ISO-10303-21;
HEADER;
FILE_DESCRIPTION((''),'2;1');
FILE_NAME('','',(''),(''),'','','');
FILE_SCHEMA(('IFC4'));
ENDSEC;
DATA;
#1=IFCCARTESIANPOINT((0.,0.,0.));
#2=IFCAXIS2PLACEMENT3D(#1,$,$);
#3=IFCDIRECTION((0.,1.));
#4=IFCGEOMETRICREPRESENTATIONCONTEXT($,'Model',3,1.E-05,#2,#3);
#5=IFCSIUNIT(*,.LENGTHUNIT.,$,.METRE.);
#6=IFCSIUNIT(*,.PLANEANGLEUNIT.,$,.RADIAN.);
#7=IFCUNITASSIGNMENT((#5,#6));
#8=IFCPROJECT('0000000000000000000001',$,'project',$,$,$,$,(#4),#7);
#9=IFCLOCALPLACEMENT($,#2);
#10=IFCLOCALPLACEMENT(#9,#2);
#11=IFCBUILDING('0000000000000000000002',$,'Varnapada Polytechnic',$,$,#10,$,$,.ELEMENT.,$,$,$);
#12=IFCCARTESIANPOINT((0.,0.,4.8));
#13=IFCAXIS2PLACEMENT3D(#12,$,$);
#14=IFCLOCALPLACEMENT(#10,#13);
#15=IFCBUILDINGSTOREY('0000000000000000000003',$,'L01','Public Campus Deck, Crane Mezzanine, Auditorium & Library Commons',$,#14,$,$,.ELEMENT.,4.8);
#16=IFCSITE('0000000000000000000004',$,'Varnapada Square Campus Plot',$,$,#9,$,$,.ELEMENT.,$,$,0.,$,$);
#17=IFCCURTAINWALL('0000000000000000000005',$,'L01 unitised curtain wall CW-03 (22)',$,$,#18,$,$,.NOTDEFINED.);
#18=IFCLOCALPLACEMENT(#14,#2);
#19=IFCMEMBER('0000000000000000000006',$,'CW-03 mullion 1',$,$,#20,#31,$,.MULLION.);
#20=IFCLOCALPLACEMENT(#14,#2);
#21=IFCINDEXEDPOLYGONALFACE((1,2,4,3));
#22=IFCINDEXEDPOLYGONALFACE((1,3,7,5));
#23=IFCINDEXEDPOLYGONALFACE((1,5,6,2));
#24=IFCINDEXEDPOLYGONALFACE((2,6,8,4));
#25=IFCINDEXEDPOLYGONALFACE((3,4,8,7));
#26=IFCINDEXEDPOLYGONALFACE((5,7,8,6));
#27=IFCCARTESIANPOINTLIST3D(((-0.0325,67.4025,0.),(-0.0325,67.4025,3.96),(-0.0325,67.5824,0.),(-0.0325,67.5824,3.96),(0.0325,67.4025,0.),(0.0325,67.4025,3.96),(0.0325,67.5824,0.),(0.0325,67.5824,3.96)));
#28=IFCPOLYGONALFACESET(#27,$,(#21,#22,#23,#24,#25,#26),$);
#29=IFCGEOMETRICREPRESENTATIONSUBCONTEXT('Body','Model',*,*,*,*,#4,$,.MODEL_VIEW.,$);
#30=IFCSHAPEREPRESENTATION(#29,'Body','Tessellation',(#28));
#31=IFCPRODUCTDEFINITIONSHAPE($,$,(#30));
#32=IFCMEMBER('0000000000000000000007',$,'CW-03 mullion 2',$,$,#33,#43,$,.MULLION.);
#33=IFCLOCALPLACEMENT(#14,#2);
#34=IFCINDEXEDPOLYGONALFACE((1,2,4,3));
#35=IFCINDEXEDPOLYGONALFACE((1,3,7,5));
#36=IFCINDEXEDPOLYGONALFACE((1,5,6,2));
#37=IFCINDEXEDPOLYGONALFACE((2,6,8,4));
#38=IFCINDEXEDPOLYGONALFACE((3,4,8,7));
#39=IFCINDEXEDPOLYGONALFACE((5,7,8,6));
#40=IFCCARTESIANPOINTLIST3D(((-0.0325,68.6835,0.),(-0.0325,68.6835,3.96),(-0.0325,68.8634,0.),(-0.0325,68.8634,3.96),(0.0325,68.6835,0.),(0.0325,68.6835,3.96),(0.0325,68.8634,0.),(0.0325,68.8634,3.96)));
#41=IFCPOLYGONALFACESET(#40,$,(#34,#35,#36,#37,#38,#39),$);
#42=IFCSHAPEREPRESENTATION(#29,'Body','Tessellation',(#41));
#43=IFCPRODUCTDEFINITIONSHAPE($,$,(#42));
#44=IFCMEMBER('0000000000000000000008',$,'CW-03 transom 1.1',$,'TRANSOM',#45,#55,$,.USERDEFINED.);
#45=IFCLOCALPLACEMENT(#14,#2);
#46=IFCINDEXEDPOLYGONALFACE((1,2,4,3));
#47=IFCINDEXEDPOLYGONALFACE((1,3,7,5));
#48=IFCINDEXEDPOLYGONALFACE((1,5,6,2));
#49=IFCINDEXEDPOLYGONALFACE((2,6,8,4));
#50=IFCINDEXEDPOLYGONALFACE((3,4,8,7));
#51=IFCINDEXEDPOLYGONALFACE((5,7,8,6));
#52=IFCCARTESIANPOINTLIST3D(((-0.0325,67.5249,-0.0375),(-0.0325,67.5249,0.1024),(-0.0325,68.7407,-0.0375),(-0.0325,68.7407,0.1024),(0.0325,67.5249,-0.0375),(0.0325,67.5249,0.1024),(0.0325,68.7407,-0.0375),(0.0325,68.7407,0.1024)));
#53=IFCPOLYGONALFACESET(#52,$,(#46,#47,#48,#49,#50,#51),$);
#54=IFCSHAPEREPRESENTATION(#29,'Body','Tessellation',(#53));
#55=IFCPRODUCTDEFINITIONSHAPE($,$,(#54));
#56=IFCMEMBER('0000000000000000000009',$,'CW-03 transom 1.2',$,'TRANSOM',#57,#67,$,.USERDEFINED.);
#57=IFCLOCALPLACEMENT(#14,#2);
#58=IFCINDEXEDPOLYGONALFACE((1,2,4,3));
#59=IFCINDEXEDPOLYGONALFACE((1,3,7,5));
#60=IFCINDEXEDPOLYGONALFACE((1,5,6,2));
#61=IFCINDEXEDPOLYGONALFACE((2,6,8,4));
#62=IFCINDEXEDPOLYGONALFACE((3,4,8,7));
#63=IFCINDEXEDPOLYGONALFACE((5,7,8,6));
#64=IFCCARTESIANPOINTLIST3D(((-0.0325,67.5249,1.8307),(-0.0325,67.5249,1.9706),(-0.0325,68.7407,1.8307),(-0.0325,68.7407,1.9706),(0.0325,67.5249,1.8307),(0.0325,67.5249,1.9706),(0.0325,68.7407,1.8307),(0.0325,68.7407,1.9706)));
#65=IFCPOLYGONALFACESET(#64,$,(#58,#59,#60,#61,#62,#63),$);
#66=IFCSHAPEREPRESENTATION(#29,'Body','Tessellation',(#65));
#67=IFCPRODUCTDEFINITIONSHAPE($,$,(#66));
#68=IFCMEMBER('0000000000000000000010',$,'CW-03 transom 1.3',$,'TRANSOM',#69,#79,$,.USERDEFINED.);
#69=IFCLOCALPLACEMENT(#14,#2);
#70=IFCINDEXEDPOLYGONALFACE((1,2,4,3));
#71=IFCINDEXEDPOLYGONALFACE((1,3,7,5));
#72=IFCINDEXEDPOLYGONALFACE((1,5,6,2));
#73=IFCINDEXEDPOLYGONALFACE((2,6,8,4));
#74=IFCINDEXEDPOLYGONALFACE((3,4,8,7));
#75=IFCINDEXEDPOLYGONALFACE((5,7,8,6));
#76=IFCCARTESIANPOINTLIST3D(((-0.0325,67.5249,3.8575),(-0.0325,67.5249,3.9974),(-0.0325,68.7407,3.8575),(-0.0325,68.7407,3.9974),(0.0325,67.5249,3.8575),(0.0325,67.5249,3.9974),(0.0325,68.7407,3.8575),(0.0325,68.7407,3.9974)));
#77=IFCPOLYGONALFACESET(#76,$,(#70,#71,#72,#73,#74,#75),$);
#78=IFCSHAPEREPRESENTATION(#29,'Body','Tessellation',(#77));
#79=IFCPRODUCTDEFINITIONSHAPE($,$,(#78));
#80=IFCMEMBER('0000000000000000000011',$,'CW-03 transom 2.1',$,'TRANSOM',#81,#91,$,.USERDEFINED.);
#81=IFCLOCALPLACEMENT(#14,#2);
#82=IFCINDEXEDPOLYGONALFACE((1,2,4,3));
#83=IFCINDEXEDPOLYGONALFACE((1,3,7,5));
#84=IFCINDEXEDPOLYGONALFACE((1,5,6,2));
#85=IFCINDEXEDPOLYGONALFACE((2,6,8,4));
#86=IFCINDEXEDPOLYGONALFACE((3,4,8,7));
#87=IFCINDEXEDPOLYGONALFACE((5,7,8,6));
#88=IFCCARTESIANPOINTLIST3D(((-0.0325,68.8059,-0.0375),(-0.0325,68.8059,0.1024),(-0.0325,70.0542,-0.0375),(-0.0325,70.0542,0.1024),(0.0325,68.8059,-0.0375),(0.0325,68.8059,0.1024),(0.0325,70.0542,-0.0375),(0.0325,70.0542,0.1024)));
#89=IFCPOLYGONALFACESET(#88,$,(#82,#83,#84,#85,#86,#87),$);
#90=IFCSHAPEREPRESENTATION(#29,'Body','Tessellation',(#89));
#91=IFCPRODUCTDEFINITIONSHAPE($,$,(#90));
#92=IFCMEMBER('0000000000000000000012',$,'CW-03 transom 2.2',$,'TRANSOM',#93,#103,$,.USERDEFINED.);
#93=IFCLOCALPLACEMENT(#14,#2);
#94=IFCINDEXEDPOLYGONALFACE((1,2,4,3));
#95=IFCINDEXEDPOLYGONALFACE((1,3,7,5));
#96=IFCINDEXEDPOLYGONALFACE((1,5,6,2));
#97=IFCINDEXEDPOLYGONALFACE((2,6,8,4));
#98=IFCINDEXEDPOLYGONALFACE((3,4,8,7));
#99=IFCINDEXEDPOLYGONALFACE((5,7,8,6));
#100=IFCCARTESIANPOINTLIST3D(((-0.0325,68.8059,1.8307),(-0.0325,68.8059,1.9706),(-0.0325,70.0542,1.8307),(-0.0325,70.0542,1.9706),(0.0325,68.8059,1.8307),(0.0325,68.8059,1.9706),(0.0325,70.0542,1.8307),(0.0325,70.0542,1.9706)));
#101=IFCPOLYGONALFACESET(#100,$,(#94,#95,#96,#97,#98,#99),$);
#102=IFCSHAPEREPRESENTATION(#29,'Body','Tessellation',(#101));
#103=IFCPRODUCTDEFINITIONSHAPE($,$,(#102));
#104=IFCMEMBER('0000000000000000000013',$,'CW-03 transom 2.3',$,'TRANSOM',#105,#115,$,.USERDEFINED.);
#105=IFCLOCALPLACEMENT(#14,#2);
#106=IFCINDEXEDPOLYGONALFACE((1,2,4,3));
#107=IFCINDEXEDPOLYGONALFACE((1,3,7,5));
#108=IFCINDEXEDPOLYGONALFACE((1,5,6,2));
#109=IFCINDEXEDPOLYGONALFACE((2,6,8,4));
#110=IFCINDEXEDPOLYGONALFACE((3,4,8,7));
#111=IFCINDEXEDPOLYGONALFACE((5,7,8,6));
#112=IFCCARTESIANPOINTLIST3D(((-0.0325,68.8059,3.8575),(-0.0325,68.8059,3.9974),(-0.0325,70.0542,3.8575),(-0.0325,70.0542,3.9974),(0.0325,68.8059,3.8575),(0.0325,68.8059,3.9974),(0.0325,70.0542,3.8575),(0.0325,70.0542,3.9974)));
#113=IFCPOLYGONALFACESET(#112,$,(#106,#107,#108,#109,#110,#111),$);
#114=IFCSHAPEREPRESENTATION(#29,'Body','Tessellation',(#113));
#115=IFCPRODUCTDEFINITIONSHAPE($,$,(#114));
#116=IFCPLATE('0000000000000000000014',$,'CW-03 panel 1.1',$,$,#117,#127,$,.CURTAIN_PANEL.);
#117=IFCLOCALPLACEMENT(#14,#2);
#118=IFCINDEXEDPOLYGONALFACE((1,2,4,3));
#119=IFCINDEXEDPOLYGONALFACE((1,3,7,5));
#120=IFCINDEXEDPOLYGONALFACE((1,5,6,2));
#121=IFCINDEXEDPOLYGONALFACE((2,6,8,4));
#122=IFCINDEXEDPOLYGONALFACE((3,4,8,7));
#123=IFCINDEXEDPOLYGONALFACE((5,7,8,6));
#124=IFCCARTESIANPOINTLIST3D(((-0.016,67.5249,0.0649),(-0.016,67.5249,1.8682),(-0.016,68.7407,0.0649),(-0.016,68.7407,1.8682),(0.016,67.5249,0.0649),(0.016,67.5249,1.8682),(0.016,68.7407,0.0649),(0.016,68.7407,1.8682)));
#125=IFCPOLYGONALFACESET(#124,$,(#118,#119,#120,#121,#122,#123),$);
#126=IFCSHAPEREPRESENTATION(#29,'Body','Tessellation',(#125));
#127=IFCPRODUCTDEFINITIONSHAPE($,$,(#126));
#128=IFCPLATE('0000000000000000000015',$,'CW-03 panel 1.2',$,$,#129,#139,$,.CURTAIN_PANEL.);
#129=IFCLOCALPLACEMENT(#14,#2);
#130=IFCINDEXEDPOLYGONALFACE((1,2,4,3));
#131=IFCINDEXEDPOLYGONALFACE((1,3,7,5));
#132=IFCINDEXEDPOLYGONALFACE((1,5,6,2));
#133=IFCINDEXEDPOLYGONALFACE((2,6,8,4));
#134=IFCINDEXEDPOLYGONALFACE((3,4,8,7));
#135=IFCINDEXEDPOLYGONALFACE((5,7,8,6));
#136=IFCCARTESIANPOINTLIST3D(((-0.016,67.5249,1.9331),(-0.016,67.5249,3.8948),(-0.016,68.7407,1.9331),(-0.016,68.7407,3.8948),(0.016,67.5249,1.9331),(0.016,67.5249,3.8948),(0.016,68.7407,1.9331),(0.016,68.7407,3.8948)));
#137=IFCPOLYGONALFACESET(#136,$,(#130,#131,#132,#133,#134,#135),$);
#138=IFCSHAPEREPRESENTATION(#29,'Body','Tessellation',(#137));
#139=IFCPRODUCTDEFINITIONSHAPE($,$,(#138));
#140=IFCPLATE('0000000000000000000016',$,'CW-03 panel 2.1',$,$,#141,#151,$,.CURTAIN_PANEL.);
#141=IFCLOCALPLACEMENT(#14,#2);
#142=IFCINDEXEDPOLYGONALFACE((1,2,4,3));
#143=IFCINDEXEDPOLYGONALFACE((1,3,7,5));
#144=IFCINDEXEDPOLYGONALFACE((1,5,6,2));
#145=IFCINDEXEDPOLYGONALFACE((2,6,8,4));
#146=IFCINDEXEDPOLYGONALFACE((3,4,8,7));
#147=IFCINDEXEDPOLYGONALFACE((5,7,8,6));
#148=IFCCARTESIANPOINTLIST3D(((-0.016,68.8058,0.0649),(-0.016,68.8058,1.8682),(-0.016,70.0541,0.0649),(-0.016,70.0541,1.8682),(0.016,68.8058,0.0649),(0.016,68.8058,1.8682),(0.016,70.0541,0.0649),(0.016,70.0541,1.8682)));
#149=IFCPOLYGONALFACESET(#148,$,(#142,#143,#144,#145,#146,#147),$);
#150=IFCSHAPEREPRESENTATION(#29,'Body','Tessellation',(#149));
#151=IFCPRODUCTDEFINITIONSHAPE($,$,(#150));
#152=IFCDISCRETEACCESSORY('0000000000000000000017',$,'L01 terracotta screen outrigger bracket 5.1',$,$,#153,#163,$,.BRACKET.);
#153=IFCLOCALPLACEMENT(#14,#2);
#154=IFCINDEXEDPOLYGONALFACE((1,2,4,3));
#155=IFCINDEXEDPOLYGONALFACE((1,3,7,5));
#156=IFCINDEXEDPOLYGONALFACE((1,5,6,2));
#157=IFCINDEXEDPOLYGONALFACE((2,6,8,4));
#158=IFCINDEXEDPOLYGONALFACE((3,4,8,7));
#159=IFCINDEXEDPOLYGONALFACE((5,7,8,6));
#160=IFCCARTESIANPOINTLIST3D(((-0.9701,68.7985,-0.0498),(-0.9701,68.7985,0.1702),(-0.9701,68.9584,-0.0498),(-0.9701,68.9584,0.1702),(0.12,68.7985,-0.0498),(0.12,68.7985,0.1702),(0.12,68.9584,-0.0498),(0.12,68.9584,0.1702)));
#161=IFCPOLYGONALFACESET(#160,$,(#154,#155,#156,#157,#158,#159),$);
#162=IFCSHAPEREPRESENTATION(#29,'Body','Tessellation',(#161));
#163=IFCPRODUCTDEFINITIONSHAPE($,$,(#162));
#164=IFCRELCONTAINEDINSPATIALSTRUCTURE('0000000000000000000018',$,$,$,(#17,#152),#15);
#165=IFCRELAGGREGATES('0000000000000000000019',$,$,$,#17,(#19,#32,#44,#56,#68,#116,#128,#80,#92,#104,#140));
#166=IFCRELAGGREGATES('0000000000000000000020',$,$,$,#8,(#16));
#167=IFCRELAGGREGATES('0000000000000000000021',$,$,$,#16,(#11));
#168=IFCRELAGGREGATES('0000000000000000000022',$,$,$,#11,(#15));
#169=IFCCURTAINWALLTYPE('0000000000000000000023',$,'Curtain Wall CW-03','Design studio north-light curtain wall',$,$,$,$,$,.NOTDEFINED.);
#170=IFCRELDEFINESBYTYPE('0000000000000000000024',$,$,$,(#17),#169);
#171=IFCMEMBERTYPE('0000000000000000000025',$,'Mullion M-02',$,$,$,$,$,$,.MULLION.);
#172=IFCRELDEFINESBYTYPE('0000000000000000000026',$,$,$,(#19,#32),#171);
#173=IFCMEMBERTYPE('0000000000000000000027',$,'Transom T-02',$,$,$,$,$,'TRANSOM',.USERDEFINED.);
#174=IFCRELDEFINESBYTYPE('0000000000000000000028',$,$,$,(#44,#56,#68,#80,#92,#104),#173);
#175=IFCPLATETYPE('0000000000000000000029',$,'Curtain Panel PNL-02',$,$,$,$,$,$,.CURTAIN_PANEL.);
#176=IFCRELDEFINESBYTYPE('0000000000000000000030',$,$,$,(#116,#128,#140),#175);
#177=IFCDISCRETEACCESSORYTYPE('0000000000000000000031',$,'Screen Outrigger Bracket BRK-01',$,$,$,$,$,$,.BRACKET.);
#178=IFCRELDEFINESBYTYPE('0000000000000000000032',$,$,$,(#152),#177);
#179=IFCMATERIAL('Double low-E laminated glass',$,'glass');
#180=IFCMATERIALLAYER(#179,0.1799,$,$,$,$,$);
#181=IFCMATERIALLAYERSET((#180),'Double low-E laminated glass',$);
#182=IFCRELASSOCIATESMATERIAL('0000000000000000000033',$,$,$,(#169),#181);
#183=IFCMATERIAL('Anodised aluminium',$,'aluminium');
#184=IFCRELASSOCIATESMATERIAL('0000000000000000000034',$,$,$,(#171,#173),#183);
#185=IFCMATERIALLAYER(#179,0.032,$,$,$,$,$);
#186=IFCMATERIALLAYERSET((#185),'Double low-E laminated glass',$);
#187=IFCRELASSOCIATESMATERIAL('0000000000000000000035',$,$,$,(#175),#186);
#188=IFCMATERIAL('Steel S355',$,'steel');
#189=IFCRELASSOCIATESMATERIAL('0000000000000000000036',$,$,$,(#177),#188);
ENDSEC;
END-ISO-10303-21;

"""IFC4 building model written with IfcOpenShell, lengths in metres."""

from ifc_helpers import new_model, si_unit, direction, frame, origin, origin_2d, place, context, subcontext, project, spatial, rectangle, extrude, material, layer, layer_set, material_profile, profile_set, type_object, element, aggregate, save


model = new_model("IFC4")

# Units and contexts
model_context = context("Model", 3, precision=1e-05, world=origin(), true_north=direction((0.0, 1.0)))
body_context = subcontext(model_context, "Body", "Model", "MODEL_VIEW")
ifc_project = project(units=[si_unit("LENGTHUNIT", "METRE"), si_unit("PLANEANGLEUNIT", "RADIAN")], contexts=[model_context])

# Site, building, storey
site_placement = place(None, origin())
site = spatial("IfcSite", under=ifc_project, at=site_placement, Name="Varnapada Square Campus Plot", CompositionType="ELEMENT", RefElevation=0.0)
building_placement = place(site_placement, origin())
building = spatial("IfcBuilding", under=site, at=building_placement, Name="Varnapada Polytechnic", CompositionType="ELEMENT")
storey_placement = place(building_placement, frame((0.0, 0.0, 4.8)))
storey = spatial("IfcBuildingStorey", under=building, at=storey_placement, Name="L01", Description="Public Campus Deck, Crane Mezzanine, Auditorium & Library Commons", CompositionType="ELEMENT", Elevation=4.8)

# Curtain wall, members, plates
ifc_material_1 = material(Name="Double low-E laminated glass", Category="glass")
ifc_layer_1 = layer(ifc_material_1, 0.1799)
ifc_layer_set_1 = layer_set([ifc_layer_1], Name="Double low-E laminated glass")
curtain_wall_type = type_object("IfcCurtainWallType", Name="Curtain Wall CW-03", Description="Design studio north-light curtain wall", PredefinedType="NOTDEFINED", material=ifc_layer_set_1)
curtain_wall_placement = place(storey_placement, origin())
curtain_wall = element("IfcCurtainWall", 1, at=curtain_wall_placement, inside=storey, type_object=curtain_wall_type, Name="L01 unitised curtain wall CW-03 (22)", PredefinedType="NOTDEFINED")
ifc_material_2 = material(Name="Anodised aluminium", Category="aluminium")
ifc_material_profile_1 = material_profile(ifc_material_2, rectangle(XDim=0.0649, YDim=0.1799, at=origin_2d()), Name="ALU M65x180")
ifc_profile_set_1 = profile_set([ifc_material_profile_1], Name="Anodised aluminium")
member_type_1 = type_object("IfcMemberType", Name="Mullion M-02", PredefinedType="MULLION", material=ifc_profile_set_1)
member_1_placement = place(storey_placement, frame((0.0, 67.4924, 0.0), z_axis=(0.0, 0.0, 1.0), x_axis=(-1.0, 0.0, 0.0)))
member_1 = element("IfcMember", 2, at=member_1_placement, type_object=member_type_1, Name="CW-03 mullion 1", PredefinedType="MULLION", context=body_context, shape_type="SweptSolid", body=[
    extrude(rectangle(XDim=0.0649, YDim=0.1799, at=origin_2d()), origin(), (0.0, 0.0, 1.0), 3.96),
])
member_2_placement = place(storey_placement, frame((0.0, 68.7734, 0.0), z_axis=(0.0, 0.0, 1.0), x_axis=(-1.0, 0.0, 0.0)))
member_2 = element("IfcMember", 3, at=member_2_placement, type_object=member_type_1, Name="CW-03 mullion 2", PredefinedType="MULLION", context=body_context, shape_type="SweptSolid", body=[
    extrude(rectangle(XDim=0.0649, YDim=0.1799, at=origin_2d()), origin(), (0.0, 0.0, 1.0), 3.96),
])
ifc_material_profile_2 = material_profile(ifc_material_2, rectangle(XDim=0.0649, YDim=0.1399, at=origin_2d()), Name="ALU T65x140")
ifc_profile_set_2 = profile_set([ifc_material_profile_2], Name="Anodised aluminium")
member_type_2 = type_object("IfcMemberType", Name="Transom T-02", ElementType="TRANSOM", PredefinedType="USERDEFINED", material=ifc_profile_set_2)
member_3_placement = place(storey_placement, frame((0.0, 67.5249, 0.0325), z_axis=(0.0, 1.0, 0.0), x_axis=(-1.0, 0.0, 0.0)))
member_3 = element("IfcMember", 4, at=member_3_placement, type_object=member_type_2, Name="CW-03 transom 1.1", ObjectType="TRANSOM", PredefinedType="USERDEFINED", context=body_context, shape_type="SweptSolid", body=[
    extrude(rectangle(XDim=0.0649, YDim=0.1399, at=origin_2d()), origin(), (0.0, 0.0, 1.0), 1.2158),
])
member_4_placement = place(storey_placement, frame((0.0, 67.5249, 1.9006), z_axis=(0.0, 1.0, 0.0), x_axis=(-1.0, 0.0, 0.0)))
member_4 = element("IfcMember", 5, at=member_4_placement, type_object=member_type_2, Name="CW-03 transom 1.2", ObjectType="TRANSOM", PredefinedType="USERDEFINED", context=body_context, shape_type="SweptSolid", body=[
    extrude(rectangle(XDim=0.0649, YDim=0.1399, at=origin_2d()), origin(), (0.0, 0.0, 1.0), 1.2158),
])
member_5_placement = place(storey_placement, frame((0.0, 67.5249, 3.9275), z_axis=(0.0, 1.0, 0.0), x_axis=(-1.0, 0.0, 0.0)))
member_5 = element("IfcMember", 6, at=member_5_placement, type_object=member_type_2, Name="CW-03 transom 1.3", ObjectType="TRANSOM", PredefinedType="USERDEFINED", context=body_context, shape_type="SweptSolid", body=[
    extrude(rectangle(XDim=0.0649, YDim=0.1399, at=origin_2d()), origin(), (0.0, 0.0, 1.0), 1.2158),
])
member_6_placement = place(storey_placement, frame((0.0, 68.8059, 0.0325), z_axis=(0.0, 1.0, 0.0), x_axis=(-1.0, 0.0, 0.0)))
member_6 = element("IfcMember", 7, at=member_6_placement, type_object=member_type_2, Name="CW-03 transom 2.1", ObjectType="TRANSOM", PredefinedType="USERDEFINED", context=body_context, shape_type="SweptSolid", body=[
    extrude(rectangle(XDim=0.0649, YDim=0.1399, at=origin_2d()), origin(), (0.0, 0.0, 1.0), 1.2483),
])
member_7_placement = place(storey_placement, frame((0.0, 68.8059, 1.9006), z_axis=(0.0, 1.0, 0.0), x_axis=(-1.0, 0.0, 0.0)))
member_7 = element("IfcMember", 8, at=member_7_placement, type_object=member_type_2, Name="CW-03 transom 2.2", ObjectType="TRANSOM", PredefinedType="USERDEFINED", context=body_context, shape_type="SweptSolid", body=[
    extrude(rectangle(XDim=0.0649, YDim=0.1399, at=origin_2d()), origin(), (0.0, 0.0, 1.0), 1.2483),
])
member_8_placement = place(storey_placement, frame((0.0, 68.8059, 3.9275), z_axis=(0.0, 1.0, 0.0), x_axis=(-1.0, 0.0, 0.0)))
member_8 = element("IfcMember", 9, at=member_8_placement, type_object=member_type_2, Name="CW-03 transom 2.3", ObjectType="TRANSOM", PredefinedType="USERDEFINED", context=body_context, shape_type="SweptSolid", body=[
    extrude(rectangle(XDim=0.0649, YDim=0.1399, at=origin_2d()), origin(), (0.0, 0.0, 1.0), 1.2483),
])
ifc_layer_2 = layer(ifc_material_1, 0.032)
ifc_layer_set_2 = layer_set([ifc_layer_2], Name="Double low-E laminated glass")
plate_type = type_object("IfcPlateType", Name="Curtain Panel PNL-02", PredefinedType="CURTAIN_PANEL", material=ifc_layer_set_2)
plate_1_placement = place(storey_placement, frame((0.0, 68.1328, 0.0649), z_axis=(0.0, 0.0, 1.0), x_axis=(0.0, 1.0, 0.0)))
plate_1 = element("IfcPlate", 10, at=plate_1_placement, type_object=plate_type, Name="CW-03 panel 1.1", PredefinedType="CURTAIN_PANEL", context=body_context, shape_type="SweptSolid", body=[
    extrude(rectangle(XDim=1.2158, YDim=0.032, at=origin_2d()), origin(), (0.0, 0.0, 1.0), 1.8032),
])
plate_2_placement = place(storey_placement, frame((0.0, 68.1328, 1.9331), z_axis=(0.0, 0.0, 1.0), x_axis=(0.0, 1.0, 0.0)))
plate_2 = element("IfcPlate", 11, at=plate_2_placement, type_object=plate_type, Name="CW-03 panel 1.2", PredefinedType="CURTAIN_PANEL", context=body_context, shape_type="SweptSolid", body=[
    extrude(rectangle(XDim=1.2158, YDim=0.032, at=origin_2d()), origin(), (0.0, 0.0, 1.0), 1.9617),
])
plate_3_placement = place(storey_placement, frame((0.0, 69.4299, 0.0649), z_axis=(0.0, 0.0, 1.0), x_axis=(0.0, 1.0, 0.0)))
plate_3 = element("IfcPlate", 12, at=plate_3_placement, type_object=plate_type, Name="CW-03 panel 2.1", PredefinedType="CURTAIN_PANEL", context=body_context, shape_type="SweptSolid", body=[
    extrude(rectangle(XDim=1.2483, YDim=0.032, at=origin_2d()), origin(), (0.0, 0.0, 1.0), 1.8032),
])
aggregate(curtain_wall, [member_1, member_2, member_3, member_4, member_5, plate_1, plate_2, member_6, member_7, member_8, plate_3])

# Discrete accessory
ifc_material_3 = material(Name="Steel S355", Category="steel")
discrete_accessory_type = type_object("IfcDiscreteAccessoryType", Name="Screen Outrigger Bracket BRK-01", PredefinedType="BRACKET", material=ifc_material_3)
discrete_accessory_placement = place(storey_placement, frame((-0.425, 68.8784, -0.0498), z_axis=(0.0, 0.0, 1.0), x_axis=(0.0, 1.0, 0.0)))
element("IfcDiscreteAccessory", 13, at=discrete_accessory_placement, inside=storey, type_object=discrete_accessory_type, Name="L01 terracotta screen outrigger bracket 5.1", PredefinedType="BRACKET", context=body_context, shape_type="SweptSolid", body=[
    extrude(rectangle(XDim=0.1599, YDim=1.0901, at=origin_2d()), origin(), (0.0, 0.0, 1.0), 0.22),
])

save(model, "model.ifc")
